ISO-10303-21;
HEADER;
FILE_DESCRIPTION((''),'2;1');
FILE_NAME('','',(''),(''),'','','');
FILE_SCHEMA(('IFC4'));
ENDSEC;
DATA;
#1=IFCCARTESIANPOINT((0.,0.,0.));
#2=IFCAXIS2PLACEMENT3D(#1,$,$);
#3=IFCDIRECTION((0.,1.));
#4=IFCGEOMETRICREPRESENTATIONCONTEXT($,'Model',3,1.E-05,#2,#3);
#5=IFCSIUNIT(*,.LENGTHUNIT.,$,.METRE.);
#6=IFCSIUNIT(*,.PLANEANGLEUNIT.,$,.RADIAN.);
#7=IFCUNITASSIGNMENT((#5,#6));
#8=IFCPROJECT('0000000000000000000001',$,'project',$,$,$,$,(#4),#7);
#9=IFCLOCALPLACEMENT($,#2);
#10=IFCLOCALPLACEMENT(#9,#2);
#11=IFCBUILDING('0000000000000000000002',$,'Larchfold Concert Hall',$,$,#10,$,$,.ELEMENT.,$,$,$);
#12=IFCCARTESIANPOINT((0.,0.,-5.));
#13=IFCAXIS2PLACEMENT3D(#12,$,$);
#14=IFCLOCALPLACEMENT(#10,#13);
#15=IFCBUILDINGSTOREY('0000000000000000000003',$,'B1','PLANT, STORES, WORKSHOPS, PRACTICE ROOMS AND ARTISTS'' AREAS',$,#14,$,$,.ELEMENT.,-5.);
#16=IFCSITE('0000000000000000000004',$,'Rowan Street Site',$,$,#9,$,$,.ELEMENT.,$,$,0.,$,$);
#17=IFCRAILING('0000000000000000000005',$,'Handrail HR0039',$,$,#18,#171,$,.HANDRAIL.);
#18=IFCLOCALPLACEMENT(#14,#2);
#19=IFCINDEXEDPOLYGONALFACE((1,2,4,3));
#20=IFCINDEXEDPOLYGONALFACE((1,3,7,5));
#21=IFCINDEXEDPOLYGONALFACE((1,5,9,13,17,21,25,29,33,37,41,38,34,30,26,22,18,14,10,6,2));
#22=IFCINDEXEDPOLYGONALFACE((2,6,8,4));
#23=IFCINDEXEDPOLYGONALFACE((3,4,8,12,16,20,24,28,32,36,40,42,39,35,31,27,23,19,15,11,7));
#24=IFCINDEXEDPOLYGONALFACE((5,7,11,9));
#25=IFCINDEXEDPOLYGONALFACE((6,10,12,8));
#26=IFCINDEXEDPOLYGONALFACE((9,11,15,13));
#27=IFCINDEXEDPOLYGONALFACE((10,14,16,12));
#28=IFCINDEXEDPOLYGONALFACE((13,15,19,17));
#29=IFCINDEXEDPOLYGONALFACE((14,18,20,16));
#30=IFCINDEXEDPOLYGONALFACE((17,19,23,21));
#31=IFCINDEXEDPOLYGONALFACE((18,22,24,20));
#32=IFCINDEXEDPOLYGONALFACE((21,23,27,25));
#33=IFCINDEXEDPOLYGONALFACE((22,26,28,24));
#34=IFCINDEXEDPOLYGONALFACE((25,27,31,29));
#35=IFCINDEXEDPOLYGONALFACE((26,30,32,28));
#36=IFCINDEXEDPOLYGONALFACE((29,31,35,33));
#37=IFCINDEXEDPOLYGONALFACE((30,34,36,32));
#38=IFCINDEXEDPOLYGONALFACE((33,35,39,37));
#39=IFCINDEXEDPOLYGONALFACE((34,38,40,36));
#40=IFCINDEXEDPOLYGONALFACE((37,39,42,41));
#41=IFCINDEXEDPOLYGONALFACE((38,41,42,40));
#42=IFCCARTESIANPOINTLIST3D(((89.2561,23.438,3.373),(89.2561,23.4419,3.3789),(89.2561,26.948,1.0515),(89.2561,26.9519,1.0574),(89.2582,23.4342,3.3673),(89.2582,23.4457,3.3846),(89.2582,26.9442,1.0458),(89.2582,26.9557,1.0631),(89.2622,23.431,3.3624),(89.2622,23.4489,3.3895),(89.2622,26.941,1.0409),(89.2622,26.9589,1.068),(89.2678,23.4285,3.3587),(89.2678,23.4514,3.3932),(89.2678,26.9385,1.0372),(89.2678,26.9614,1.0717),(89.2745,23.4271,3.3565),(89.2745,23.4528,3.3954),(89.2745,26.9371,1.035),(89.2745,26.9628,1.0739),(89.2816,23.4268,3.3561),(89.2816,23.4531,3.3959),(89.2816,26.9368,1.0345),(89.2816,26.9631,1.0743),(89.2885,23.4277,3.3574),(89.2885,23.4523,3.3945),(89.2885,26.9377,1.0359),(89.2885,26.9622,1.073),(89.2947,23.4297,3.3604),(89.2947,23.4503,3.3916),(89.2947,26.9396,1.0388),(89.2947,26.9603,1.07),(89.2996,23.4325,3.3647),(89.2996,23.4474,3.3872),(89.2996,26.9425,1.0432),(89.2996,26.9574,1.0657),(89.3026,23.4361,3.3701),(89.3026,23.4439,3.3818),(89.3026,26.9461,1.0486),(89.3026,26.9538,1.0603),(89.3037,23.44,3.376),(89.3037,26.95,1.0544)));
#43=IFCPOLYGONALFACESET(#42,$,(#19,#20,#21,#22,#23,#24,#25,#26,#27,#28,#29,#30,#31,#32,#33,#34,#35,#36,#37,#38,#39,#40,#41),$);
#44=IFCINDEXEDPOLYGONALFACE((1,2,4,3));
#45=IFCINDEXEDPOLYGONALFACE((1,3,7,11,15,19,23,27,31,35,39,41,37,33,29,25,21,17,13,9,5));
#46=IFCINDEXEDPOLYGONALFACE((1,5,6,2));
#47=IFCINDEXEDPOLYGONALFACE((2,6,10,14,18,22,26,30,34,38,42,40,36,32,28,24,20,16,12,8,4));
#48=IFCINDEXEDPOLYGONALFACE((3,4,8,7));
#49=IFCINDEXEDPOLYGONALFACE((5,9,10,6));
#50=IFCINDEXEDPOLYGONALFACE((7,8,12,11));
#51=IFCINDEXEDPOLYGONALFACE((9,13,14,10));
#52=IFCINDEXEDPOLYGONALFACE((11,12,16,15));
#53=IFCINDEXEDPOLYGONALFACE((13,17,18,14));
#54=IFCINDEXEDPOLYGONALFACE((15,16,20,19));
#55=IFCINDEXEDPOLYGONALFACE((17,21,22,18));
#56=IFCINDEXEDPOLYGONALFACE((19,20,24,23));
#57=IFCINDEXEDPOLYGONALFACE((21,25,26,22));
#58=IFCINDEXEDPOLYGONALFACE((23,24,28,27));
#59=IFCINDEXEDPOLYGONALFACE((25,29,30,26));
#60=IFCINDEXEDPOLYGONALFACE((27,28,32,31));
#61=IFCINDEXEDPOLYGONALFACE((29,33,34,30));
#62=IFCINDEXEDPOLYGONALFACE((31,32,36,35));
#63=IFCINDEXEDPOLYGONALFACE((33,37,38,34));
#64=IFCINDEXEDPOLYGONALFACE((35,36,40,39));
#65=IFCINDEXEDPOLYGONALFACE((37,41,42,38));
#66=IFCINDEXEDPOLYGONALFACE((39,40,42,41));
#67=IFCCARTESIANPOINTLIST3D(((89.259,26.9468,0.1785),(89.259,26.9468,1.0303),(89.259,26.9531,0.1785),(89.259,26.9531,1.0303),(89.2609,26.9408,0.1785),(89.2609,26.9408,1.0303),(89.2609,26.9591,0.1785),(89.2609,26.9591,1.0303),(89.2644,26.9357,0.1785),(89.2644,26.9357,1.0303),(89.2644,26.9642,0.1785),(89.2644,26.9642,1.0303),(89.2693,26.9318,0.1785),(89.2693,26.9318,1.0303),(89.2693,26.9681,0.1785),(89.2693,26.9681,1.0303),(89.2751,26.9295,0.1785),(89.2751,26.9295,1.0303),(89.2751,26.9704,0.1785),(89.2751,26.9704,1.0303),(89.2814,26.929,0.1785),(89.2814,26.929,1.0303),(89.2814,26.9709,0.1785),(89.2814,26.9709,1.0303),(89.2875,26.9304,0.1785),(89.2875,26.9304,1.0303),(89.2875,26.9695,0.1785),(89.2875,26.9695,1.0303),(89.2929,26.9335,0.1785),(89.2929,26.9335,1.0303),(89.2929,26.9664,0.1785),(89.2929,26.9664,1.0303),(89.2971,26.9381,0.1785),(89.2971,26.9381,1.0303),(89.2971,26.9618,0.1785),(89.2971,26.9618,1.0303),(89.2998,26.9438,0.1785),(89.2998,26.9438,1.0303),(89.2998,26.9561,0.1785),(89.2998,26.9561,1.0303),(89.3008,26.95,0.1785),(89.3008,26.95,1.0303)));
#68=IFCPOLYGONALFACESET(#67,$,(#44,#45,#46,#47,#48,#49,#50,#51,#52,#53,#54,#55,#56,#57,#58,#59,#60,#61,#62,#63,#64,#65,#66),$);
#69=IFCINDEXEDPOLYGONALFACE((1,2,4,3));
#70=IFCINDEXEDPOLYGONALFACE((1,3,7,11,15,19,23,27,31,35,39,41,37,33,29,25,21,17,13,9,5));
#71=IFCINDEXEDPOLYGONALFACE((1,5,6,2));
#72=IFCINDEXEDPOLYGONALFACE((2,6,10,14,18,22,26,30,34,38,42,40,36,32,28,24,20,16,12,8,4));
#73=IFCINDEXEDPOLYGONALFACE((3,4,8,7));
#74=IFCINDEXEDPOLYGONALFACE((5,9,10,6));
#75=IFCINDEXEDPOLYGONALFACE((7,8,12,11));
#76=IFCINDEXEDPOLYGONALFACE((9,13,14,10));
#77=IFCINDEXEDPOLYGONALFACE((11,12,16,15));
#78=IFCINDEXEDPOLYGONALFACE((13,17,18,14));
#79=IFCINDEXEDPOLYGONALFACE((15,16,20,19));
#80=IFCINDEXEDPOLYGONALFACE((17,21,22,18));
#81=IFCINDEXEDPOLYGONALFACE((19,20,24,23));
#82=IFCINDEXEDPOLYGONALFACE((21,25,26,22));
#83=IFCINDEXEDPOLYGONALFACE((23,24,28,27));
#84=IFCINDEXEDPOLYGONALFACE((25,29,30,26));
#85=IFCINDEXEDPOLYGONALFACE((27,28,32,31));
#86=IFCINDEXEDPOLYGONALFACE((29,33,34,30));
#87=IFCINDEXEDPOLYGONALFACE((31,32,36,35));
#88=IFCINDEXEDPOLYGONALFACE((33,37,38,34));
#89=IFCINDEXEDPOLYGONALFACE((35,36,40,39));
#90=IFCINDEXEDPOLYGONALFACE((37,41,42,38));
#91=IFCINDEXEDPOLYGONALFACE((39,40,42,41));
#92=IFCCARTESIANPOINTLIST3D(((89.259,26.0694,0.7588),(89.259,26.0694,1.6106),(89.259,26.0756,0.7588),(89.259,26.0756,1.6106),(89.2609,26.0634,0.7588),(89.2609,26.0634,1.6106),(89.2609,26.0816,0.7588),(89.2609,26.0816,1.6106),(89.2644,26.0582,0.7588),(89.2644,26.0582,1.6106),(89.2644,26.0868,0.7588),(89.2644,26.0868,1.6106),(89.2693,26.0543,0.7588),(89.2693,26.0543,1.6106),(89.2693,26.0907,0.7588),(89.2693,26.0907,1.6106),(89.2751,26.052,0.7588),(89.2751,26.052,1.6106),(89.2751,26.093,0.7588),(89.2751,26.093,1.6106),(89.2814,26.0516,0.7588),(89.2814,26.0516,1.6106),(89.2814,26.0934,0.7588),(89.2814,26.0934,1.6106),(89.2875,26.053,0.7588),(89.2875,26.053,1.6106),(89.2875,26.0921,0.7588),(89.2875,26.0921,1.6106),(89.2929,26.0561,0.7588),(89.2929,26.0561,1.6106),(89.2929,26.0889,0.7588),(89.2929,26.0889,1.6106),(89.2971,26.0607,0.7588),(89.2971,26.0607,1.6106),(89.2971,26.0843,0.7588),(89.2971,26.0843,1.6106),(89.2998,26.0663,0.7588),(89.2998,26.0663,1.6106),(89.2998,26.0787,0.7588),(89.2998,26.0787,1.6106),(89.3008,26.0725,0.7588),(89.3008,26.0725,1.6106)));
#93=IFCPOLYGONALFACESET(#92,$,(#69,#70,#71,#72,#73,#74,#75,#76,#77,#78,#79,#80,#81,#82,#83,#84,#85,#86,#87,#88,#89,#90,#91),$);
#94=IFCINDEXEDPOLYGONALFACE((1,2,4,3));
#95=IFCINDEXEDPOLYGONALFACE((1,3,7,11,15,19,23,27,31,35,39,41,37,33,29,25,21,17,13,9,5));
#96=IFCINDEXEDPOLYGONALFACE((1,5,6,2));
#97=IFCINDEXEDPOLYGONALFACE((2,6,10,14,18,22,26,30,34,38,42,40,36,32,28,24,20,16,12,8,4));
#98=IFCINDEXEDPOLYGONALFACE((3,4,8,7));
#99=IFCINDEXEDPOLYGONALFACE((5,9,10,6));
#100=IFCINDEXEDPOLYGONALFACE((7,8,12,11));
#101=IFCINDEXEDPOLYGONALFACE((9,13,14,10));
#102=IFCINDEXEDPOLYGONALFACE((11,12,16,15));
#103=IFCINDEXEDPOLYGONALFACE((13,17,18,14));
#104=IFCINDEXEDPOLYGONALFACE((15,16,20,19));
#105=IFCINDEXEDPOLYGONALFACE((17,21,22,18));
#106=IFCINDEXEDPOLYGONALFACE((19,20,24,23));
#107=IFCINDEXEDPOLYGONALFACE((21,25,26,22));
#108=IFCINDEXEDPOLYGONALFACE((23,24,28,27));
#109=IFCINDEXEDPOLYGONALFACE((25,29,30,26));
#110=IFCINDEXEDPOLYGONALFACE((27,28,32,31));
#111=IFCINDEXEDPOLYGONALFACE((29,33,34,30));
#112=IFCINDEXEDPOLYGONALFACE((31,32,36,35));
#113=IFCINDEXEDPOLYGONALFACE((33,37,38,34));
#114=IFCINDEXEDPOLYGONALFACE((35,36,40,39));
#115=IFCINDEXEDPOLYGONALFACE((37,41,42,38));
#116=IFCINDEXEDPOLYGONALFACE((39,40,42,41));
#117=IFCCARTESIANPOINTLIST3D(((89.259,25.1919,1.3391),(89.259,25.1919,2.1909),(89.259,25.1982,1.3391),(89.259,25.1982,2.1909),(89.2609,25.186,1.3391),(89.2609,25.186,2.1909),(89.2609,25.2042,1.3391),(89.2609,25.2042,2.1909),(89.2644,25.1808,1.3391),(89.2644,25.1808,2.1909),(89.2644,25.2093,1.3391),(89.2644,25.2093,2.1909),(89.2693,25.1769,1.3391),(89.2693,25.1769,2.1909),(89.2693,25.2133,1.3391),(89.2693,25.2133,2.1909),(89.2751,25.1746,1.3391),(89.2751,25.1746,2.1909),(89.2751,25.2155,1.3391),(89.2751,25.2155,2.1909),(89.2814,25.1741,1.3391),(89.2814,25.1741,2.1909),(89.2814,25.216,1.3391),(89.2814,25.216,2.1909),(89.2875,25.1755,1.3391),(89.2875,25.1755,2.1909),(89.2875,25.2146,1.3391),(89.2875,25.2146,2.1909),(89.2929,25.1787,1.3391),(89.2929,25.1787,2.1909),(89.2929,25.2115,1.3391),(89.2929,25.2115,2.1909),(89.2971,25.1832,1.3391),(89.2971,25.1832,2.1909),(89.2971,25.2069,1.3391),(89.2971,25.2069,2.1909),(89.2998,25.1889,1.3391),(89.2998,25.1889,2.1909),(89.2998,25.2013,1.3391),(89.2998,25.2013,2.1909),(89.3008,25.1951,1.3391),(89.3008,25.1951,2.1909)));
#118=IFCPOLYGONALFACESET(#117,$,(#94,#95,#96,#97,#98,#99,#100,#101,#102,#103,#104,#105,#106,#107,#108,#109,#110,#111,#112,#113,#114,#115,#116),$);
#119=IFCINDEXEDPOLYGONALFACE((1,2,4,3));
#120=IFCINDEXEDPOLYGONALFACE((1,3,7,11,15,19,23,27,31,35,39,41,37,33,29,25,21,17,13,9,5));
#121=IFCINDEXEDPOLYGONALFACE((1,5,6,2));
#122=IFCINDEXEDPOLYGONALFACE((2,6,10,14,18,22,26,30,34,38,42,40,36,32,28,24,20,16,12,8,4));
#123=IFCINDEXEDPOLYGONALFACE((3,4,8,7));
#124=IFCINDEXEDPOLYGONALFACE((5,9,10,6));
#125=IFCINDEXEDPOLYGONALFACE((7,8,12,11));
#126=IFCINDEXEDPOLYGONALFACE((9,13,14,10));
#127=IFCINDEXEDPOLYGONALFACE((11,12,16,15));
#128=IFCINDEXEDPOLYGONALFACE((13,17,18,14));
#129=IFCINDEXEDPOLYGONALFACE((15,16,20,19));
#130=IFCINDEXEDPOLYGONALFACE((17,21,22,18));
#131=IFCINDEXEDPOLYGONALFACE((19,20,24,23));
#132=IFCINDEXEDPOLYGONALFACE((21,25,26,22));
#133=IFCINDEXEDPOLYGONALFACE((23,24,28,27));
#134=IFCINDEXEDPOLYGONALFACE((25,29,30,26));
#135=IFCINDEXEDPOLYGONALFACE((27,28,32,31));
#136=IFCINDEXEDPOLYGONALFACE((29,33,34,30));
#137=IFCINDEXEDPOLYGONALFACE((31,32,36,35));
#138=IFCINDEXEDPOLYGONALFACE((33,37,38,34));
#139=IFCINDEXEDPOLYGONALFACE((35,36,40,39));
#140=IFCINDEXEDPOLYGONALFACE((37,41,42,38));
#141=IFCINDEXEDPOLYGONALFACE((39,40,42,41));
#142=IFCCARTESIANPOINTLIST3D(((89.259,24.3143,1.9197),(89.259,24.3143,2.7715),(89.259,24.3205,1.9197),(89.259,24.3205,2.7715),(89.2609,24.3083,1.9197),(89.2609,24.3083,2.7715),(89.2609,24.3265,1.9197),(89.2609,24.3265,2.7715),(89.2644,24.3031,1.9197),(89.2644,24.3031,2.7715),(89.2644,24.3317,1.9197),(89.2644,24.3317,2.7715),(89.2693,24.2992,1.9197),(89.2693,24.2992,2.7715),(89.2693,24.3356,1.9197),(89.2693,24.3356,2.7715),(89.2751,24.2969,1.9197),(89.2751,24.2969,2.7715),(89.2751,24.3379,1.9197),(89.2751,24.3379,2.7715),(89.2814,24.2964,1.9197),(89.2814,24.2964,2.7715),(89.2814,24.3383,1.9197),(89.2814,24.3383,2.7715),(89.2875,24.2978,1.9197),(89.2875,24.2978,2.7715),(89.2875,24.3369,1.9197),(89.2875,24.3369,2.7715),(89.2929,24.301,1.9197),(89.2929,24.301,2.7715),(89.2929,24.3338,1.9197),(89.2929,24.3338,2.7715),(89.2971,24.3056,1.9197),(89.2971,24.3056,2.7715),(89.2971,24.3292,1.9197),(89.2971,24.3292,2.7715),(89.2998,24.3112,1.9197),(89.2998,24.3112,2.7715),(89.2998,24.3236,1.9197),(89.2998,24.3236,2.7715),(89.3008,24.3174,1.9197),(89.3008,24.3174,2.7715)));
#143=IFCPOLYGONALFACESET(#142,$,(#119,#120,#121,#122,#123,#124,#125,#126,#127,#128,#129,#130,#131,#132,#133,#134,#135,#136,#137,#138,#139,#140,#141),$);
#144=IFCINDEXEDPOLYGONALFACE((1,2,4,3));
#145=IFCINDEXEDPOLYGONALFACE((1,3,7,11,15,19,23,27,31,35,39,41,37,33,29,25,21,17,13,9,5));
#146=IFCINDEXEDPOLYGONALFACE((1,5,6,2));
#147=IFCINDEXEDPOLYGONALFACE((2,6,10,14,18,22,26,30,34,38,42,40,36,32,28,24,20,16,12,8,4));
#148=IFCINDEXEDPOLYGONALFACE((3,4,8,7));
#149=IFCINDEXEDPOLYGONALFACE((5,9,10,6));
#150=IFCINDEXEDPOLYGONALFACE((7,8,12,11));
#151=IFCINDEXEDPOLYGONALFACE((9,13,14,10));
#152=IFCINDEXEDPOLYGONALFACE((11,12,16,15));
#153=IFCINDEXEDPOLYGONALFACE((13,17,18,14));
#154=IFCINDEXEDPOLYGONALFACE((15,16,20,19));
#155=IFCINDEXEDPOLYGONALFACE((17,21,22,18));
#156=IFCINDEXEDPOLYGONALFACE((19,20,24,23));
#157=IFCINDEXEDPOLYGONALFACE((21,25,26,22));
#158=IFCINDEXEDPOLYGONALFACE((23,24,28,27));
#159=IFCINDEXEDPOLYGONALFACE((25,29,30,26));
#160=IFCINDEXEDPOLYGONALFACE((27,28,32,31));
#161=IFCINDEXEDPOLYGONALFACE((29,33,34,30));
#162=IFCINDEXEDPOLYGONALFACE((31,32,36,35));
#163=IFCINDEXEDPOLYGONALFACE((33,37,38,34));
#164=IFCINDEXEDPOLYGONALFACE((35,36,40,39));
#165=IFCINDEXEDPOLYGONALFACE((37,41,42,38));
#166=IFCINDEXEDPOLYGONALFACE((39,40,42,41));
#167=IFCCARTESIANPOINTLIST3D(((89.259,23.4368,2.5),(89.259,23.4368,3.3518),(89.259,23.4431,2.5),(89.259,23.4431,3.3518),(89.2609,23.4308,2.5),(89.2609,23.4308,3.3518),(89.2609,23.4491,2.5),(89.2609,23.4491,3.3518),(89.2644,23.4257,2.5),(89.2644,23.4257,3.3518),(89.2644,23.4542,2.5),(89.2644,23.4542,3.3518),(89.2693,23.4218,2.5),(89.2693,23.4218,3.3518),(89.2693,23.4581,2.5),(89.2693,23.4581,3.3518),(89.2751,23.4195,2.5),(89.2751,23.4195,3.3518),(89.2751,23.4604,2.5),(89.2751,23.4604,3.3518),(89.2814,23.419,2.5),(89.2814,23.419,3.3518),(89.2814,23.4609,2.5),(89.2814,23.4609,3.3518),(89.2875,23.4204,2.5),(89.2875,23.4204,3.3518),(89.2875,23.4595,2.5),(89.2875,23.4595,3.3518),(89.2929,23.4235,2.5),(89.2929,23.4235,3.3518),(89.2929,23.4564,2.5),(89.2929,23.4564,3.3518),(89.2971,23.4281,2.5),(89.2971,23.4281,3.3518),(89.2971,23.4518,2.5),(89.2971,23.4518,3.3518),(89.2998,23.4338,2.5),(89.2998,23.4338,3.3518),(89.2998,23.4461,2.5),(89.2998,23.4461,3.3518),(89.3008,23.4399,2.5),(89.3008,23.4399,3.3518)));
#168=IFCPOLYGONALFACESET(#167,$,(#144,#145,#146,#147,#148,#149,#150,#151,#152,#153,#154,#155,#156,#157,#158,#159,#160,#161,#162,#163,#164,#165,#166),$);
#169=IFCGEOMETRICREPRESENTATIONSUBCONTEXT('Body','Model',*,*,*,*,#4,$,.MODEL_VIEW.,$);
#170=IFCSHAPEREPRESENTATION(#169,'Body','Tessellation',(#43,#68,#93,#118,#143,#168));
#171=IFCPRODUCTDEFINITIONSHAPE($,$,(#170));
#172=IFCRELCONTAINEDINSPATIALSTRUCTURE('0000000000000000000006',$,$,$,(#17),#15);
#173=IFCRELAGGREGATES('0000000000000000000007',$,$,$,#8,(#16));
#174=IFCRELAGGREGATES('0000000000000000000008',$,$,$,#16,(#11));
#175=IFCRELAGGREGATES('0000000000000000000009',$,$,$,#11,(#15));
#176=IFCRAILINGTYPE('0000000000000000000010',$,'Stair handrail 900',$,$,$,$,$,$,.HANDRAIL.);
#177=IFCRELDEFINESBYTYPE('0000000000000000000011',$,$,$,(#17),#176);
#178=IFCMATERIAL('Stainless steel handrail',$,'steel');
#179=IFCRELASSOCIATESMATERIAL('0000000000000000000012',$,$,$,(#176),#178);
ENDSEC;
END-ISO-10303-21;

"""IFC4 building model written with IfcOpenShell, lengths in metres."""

from ifc_helpers import new_model, si_unit, direction, frame, origin, origin_2d, place, context, subcontext, project, spatial, circle, extrude, material, type_object, element, save


model = new_model("IFC4")

# Units and contexts
model_context = context("Model", 3, precision=1e-05, world=origin(), true_north=direction((0.0, 1.0)))
body_context = subcontext(model_context, "Body", "Model", "MODEL_VIEW")
ifc_project = project(units=[si_unit("LENGTHUNIT", "METRE"), si_unit("PLANEANGLEUNIT", "RADIAN")], contexts=[model_context])

# Site, building, storey
site_placement = place(None, origin())
site = spatial("IfcSite", under=ifc_project, at=site_placement, Name="Rowan Street Site", CompositionType="ELEMENT", RefElevation=0.0)
building_placement = place(site_placement, origin())
building = spatial("IfcBuilding", under=site, at=building_placement, Name="Larchfold Concert Hall", CompositionType="ELEMENT")
storey_placement = place(building_placement, frame((0.0, 0.0, -5.0)))
storey = spatial("IfcBuildingStorey", under=building, at=storey_placement, Name="B1", Description="PLANT, STORES, WORKSHOPS, PRACTICE ROOMS AND ARTISTS' AREAS", CompositionType="ELEMENT", Elevation=-5.0)

# Railing
ifc_material_1 = material(Name="Stainless steel handrail", Category="steel")
railing_type_1 = type_object("IfcRailingType", Name="Stair handrail 900", PredefinedType="HANDRAIL", material=ifc_material_1)
for number, where, name in (
    (1, (89.2798, 26.95, 0.1785), "Handrail HR0039"),
):
    element("IfcRailing", number, at=place(storey_placement, frame(where)), inside=storey, type_object=railing_type_1, Name=name, PredefinedType="HANDRAIL", context=body_context, shape_type="SweptSolid", body=[
        extrude(circle(Radius=0.0239, at=origin_2d()), frame((0.0, 0.0, 0.876), z_axis=(0.0, -0.834071, 0.551657), x_axis=(1.0, 0.0, 0.0)), (0.0, 0.0, 1.0), 4.2083),
        extrude(circle(Radius=0.021, at=origin_2d()), origin(), (0.0, 0.0, 1.0), 0.8518),
        extrude(circle(Radius=0.021, at=origin_2d()), frame((0.0, -0.8774, 0.5803)), (0.0, 0.0, 1.0), 0.8518),
        extrude(circle(Radius=0.021, at=origin_2d()), frame((0.0, -1.7549, 1.1606)), (0.0, 0.0, 1.0), 0.8518),
        extrude(circle(Radius=0.021, at=origin_2d()), frame((0.0, -2.6326, 1.7412)), (0.0, 0.0, 1.0), 0.8518),
        extrude(circle(Radius=0.021, at=origin_2d()), frame((0.0, -3.51, 2.3215)), (0.0, 0.0, 1.0), 0.8518),
    ])

save(model, "model.ifc")
